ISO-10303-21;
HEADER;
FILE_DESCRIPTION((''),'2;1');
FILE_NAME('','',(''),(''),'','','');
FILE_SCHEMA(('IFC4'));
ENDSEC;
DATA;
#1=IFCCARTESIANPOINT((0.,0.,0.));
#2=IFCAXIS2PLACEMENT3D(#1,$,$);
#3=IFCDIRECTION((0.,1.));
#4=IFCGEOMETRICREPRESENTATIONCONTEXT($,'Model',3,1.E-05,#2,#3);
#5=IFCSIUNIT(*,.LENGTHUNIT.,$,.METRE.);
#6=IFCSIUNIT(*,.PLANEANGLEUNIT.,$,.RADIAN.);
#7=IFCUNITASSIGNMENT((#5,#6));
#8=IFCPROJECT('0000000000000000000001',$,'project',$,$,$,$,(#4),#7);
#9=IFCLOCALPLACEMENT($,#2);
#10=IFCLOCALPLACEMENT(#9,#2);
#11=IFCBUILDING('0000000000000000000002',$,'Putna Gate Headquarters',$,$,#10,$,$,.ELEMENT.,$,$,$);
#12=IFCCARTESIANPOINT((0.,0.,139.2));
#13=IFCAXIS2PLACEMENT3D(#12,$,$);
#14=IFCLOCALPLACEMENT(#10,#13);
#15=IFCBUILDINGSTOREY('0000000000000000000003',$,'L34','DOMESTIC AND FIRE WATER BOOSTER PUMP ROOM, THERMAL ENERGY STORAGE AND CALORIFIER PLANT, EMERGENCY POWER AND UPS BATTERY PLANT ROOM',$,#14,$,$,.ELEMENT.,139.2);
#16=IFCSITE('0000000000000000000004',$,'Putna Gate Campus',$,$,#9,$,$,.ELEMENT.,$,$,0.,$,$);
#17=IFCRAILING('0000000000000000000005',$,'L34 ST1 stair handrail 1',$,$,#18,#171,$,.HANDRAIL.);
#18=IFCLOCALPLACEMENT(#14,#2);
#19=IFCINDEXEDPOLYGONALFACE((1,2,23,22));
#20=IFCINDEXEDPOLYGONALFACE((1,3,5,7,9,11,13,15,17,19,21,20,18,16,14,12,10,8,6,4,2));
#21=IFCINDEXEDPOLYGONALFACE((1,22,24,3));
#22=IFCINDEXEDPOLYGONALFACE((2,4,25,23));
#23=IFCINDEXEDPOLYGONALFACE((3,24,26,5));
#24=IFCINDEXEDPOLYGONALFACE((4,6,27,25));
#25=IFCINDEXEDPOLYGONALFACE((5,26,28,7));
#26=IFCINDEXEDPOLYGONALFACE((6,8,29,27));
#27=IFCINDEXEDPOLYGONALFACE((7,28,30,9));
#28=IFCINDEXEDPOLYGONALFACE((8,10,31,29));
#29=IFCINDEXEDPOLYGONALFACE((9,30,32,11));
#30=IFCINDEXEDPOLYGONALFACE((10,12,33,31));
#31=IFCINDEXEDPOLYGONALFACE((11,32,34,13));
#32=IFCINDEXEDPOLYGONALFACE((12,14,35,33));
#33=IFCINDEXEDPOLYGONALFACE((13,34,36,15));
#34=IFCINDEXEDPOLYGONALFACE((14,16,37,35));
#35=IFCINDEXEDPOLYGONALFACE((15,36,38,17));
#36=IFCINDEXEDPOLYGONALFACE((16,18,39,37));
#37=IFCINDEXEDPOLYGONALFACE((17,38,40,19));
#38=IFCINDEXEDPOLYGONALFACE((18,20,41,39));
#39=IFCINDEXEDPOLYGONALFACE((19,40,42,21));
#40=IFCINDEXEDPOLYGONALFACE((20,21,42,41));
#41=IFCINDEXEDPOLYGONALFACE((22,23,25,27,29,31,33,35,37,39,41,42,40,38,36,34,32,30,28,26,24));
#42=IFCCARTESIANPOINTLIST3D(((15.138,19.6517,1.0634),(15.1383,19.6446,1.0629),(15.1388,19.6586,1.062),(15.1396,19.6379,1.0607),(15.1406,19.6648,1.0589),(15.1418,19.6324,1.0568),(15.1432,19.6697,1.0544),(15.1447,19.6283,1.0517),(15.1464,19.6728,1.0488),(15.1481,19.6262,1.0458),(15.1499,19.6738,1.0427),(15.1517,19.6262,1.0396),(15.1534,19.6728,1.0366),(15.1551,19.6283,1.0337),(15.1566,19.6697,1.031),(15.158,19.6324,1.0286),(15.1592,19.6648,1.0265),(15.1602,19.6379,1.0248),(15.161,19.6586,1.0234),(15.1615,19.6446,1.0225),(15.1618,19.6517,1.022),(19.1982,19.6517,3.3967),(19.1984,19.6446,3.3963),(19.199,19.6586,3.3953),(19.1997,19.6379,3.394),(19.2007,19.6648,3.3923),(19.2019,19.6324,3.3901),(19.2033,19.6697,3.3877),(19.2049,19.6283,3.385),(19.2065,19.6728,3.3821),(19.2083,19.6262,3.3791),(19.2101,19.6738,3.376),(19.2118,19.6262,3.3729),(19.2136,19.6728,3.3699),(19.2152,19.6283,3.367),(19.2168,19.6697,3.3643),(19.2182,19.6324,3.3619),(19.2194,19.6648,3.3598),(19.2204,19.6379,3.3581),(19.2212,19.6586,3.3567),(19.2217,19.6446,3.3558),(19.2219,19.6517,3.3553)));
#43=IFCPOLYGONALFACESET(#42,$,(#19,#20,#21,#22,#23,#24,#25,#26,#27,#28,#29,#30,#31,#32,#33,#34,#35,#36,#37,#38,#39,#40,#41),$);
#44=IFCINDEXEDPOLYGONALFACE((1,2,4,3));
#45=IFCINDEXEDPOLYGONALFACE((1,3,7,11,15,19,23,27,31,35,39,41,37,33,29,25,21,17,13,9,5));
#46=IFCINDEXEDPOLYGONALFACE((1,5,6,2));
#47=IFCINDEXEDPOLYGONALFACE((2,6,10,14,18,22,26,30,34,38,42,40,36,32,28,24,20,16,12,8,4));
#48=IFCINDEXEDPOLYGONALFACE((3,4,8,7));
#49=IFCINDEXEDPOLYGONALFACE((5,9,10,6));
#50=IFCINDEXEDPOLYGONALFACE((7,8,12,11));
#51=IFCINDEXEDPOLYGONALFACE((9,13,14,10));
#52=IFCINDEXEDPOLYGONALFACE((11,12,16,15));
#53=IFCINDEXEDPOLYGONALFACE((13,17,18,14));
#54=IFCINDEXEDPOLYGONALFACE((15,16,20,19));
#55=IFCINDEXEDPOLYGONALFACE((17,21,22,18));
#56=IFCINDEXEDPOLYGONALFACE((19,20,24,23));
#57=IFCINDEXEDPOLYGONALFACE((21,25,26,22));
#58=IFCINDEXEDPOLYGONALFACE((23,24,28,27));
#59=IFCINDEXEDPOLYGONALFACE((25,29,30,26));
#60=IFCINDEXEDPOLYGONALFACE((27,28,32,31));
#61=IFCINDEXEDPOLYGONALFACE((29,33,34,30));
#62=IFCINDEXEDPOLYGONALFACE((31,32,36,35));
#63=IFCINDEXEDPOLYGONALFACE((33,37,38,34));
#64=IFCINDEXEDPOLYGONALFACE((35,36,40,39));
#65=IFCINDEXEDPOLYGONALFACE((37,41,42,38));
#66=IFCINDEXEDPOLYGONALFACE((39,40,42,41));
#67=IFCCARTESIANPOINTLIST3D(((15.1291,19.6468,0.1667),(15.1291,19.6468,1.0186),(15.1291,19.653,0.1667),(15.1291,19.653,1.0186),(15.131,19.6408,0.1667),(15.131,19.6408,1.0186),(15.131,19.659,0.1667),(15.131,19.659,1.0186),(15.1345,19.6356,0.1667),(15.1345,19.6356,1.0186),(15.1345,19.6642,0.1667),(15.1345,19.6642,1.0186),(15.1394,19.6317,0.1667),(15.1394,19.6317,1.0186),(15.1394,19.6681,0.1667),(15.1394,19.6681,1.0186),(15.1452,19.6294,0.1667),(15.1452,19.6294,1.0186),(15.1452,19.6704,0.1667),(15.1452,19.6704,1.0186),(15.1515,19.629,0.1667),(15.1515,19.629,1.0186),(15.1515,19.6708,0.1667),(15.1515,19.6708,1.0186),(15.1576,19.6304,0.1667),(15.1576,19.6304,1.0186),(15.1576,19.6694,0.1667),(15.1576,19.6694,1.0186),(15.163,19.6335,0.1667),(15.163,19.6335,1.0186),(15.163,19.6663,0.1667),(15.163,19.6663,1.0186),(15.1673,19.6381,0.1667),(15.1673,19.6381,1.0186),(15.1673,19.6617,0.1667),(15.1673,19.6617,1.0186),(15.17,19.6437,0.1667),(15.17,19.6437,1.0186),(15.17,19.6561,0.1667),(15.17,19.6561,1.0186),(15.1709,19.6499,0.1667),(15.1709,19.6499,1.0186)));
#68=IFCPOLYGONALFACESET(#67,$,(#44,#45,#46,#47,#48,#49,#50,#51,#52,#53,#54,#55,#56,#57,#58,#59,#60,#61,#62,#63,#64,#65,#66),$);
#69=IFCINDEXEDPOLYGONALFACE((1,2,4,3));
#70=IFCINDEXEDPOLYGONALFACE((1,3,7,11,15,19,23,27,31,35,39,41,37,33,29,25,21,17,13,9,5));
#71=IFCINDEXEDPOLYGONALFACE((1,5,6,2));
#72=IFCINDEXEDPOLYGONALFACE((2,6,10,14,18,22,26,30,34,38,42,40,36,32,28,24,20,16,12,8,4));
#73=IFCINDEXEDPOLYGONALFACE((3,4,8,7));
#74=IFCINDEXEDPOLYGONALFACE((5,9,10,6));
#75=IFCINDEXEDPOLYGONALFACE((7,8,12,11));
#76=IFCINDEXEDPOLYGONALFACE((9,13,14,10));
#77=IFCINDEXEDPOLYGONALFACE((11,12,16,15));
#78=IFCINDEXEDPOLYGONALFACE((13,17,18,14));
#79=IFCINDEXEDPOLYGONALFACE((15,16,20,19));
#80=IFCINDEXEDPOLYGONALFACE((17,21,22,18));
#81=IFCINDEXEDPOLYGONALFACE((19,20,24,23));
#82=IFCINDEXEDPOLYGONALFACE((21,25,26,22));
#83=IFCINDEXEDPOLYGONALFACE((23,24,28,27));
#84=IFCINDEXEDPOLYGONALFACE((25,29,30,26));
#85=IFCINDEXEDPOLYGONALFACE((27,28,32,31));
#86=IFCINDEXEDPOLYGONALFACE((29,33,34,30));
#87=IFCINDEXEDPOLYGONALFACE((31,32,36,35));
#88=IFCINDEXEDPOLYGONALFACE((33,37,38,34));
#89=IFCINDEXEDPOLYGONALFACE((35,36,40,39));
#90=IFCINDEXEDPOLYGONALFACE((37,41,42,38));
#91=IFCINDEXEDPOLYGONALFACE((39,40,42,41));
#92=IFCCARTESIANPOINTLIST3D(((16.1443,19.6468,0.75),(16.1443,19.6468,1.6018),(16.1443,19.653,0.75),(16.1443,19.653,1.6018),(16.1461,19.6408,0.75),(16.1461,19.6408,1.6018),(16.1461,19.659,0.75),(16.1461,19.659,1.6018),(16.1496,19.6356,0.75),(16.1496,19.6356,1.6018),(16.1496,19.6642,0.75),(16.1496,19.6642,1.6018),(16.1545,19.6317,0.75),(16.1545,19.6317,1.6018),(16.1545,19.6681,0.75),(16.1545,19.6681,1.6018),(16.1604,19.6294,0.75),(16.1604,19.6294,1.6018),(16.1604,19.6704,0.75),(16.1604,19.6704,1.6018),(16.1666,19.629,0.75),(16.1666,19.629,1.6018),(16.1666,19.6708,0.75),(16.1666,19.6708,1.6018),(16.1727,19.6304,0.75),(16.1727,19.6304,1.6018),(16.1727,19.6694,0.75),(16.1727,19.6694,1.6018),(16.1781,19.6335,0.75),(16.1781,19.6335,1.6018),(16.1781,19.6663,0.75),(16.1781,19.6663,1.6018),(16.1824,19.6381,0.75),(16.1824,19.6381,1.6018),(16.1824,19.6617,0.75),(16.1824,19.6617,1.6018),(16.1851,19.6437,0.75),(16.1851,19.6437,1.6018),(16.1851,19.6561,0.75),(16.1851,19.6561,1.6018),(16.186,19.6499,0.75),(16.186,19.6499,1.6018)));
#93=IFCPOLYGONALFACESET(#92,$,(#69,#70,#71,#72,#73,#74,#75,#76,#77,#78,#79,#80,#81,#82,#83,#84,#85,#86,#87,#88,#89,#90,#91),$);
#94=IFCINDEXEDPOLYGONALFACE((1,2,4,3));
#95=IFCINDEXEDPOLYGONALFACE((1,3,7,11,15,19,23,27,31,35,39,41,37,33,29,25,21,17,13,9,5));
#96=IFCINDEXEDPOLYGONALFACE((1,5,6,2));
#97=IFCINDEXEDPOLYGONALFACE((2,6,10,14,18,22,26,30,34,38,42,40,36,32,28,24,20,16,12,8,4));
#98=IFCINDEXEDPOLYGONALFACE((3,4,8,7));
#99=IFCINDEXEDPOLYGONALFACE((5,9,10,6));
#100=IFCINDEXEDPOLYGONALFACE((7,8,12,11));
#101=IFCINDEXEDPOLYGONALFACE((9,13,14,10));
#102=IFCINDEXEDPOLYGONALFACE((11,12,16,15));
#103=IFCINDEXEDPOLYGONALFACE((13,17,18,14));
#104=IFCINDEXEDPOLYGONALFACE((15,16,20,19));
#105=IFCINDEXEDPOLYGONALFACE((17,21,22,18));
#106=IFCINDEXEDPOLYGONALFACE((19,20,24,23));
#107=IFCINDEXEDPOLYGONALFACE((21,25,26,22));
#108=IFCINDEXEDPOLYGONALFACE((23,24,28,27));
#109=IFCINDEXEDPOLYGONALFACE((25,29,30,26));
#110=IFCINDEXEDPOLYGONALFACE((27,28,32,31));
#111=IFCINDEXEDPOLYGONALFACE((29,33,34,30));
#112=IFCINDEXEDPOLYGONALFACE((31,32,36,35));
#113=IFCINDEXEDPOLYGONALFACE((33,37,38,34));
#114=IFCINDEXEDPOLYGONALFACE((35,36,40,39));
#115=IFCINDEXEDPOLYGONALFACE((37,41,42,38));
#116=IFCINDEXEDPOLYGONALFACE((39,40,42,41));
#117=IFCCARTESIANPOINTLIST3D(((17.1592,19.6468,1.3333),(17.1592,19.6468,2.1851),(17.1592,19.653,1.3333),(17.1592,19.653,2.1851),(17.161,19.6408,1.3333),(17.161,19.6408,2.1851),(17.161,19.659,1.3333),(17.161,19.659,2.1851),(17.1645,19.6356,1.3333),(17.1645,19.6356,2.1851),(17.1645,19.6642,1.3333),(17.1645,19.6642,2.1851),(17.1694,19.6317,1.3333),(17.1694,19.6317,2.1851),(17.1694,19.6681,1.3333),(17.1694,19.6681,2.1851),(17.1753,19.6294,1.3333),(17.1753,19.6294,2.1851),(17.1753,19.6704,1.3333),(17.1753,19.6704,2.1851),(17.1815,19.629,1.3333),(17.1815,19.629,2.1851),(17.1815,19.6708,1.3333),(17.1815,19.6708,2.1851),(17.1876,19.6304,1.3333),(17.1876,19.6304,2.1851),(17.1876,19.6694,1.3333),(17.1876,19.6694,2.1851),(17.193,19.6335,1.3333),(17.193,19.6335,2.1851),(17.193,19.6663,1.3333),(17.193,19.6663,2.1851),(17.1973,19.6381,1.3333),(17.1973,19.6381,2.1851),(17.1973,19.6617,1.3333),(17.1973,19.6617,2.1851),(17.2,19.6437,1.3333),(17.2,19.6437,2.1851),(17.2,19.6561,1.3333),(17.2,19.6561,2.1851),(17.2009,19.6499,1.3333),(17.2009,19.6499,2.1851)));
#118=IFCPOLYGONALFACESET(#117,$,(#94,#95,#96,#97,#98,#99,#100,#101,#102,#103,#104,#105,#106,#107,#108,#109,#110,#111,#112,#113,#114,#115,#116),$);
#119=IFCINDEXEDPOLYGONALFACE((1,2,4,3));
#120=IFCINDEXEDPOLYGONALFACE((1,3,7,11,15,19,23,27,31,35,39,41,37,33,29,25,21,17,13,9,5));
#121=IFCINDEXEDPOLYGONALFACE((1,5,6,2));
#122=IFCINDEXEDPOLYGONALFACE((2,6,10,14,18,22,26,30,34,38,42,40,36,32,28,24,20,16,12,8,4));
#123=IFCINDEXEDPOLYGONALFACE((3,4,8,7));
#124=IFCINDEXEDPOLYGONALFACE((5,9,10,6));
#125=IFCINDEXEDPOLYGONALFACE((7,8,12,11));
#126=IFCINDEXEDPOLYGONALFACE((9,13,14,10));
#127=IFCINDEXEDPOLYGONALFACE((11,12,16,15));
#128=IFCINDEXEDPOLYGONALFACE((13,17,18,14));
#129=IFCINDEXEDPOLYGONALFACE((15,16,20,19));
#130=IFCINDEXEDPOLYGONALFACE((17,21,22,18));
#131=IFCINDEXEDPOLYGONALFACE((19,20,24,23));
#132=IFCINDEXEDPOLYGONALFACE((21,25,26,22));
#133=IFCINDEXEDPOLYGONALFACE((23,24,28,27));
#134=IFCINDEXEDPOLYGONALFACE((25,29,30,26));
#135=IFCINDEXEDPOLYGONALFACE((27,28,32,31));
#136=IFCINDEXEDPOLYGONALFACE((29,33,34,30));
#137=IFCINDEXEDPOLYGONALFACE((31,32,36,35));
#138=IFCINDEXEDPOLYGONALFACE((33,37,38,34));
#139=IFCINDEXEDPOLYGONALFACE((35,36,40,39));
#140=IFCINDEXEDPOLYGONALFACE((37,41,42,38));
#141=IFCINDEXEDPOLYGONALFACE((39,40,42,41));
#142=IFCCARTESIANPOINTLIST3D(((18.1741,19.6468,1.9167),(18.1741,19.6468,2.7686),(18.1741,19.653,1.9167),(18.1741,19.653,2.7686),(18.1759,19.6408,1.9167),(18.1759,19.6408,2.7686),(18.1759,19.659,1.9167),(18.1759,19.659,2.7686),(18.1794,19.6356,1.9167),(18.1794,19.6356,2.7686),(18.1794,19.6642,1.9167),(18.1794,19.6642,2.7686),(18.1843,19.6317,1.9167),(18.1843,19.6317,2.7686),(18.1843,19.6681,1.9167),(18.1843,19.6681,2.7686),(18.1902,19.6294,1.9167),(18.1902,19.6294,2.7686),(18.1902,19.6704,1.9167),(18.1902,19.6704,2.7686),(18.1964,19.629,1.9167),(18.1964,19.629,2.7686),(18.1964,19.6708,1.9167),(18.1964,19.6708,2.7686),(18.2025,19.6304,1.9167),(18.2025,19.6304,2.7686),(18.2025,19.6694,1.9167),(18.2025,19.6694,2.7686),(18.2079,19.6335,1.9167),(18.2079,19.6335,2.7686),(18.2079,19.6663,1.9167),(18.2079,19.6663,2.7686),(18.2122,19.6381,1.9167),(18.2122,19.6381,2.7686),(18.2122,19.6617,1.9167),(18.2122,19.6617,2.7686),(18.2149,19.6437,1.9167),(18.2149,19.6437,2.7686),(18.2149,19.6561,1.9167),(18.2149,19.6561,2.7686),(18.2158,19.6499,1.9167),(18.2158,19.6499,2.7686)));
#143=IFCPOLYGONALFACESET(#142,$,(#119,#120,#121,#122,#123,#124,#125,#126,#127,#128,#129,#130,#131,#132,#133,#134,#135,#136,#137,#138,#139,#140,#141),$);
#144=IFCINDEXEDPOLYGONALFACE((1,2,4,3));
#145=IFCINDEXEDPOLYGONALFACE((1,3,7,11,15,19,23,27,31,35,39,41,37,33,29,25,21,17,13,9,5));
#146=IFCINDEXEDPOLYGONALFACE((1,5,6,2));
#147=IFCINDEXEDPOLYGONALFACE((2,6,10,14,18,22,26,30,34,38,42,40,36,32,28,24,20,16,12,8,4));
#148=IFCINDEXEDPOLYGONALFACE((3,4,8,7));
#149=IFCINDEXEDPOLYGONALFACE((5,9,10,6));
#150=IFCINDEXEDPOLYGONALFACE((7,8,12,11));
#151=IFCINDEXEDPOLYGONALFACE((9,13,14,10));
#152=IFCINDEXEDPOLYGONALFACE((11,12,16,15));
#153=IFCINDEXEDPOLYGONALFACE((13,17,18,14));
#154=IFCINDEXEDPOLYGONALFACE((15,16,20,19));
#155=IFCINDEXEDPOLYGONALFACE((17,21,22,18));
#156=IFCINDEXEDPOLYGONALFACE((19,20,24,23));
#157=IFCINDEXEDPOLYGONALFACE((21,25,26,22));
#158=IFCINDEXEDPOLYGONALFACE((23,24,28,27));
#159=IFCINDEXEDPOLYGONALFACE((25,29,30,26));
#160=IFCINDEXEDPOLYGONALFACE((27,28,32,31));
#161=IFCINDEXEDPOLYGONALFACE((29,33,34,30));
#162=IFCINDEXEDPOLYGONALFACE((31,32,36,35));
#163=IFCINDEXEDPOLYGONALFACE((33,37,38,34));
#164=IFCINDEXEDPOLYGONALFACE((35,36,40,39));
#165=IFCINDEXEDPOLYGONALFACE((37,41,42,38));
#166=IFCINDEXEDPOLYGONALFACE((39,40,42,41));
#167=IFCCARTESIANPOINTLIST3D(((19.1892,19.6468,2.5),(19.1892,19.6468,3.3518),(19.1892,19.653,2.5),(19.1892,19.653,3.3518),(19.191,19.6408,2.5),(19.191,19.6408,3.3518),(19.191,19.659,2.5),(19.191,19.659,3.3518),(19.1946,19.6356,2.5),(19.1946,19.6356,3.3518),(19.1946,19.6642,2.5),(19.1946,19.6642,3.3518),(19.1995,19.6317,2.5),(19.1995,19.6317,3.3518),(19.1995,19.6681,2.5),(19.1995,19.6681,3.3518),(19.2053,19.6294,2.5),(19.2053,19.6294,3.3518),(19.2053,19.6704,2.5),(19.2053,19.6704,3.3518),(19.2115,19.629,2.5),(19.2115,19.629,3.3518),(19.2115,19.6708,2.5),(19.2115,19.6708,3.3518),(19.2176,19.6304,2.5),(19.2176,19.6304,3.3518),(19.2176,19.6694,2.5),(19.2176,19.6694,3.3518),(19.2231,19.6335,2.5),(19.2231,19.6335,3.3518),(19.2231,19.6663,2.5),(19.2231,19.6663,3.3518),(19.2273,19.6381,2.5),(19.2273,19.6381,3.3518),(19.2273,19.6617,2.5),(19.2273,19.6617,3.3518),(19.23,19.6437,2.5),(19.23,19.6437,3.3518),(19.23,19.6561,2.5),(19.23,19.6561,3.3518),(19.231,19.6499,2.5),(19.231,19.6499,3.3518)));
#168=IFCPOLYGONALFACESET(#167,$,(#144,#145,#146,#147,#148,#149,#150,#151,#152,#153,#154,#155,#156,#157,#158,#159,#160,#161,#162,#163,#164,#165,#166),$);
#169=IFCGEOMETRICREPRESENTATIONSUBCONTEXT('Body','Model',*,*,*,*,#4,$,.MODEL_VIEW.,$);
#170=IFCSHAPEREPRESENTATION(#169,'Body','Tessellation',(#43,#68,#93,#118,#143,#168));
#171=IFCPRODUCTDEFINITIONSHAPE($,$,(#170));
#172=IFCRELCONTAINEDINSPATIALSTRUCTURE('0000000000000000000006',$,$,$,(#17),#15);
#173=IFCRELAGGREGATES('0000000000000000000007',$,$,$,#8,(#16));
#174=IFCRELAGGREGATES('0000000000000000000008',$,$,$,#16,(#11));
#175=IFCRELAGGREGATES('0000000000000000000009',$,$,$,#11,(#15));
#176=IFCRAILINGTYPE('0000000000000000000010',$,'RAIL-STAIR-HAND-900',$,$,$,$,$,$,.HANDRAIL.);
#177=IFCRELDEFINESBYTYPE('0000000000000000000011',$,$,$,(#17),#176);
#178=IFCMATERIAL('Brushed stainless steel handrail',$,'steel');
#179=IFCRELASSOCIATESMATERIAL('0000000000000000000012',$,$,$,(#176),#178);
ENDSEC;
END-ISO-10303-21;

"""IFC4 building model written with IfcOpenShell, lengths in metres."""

from ifc_helpers import new_model, si_unit, direction, frame, origin, origin_2d, place, context, subcontext, project, spatial, circle, extrude, material, type_object, element, save


model = new_model("IFC4")

# Units and contexts
model_context = context("Model", 3, precision=1e-05, world=origin(), true_north=direction((0.0, 1.0)))
body_context = subcontext(model_context, "Body", "Model", "MODEL_VIEW")
ifc_project = project(units=[si_unit("LENGTHUNIT", "METRE"), si_unit("PLANEANGLEUNIT", "RADIAN")], contexts=[model_context])

# Site, building, storey
site_placement = place(None, origin())
site = spatial("IfcSite", under=ifc_project, at=site_placement, Name="Putna Gate Campus", CompositionType="ELEMENT", RefElevation=0.0)
building_placement = place(site_placement, origin())
building = spatial("IfcBuilding", under=site, at=building_placement, Name="Putna Gate Headquarters", CompositionType="ELEMENT")
storey_placement = place(building_placement, frame((0.0, 0.0, 139.2)))
storey = spatial("IfcBuildingStorey", under=building, at=storey_placement, Name="L34", Description="DOMESTIC AND FIRE WATER BOOSTER PUMP ROOM, THERMAL ENERGY STORAGE AND CALORIFIER PLANT, EMERGENCY POWER AND UPS BATTERY PLANT ROOM", CompositionType="ELEMENT", Elevation=139.2)

# Railing
ifc_material_1 = material(Name="Brushed stainless steel handrail", Category="steel")
railing_type_1 = type_object("IfcRailingType", Name="RAIL-STAIR-HAND-900", PredefinedType="HANDRAIL", material=ifc_material_1)
railing_1_placement = place(storey_placement, frame((15.1499, 19.6499, 0.1667)))
element("IfcRailing", 1, at=railing_1_placement, inside=storey, type_object=railing_type_1, Name="L34 ST1 stair handrail 1", PredefinedType="HANDRAIL", context=body_context, shape_type="SweptSolid", body=[
    extrude(circle(Radius=0.0239, at=origin_2d()), frame((0.0, 0.0, 0.876), z_axis=(0.867025, 0.0, 0.498265), x_axis=(0.0, 1.0, 0.0)), (0.0, 0.0, 1.0), 4.6829),
    extrude(circle(Radius=0.021, at=origin_2d()), origin(), (0.0, 0.0, 1.0), 0.8518),
    extrude(circle(Radius=0.021, at=origin_2d()), frame((1.0151, 0.0, 0.5833)), (0.0, 0.0, 1.0), 0.8518),
    extrude(circle(Radius=0.021, at=origin_2d()), frame((2.03, 0.0, 1.1665)), (0.0, 0.0, 1.0), 0.8518),
    extrude(circle(Radius=0.021, at=origin_2d()), frame((3.0449, 0.0, 1.75)), (0.0, 0.0, 1.0), 0.8518),
    extrude(circle(Radius=0.021, at=origin_2d()), frame((4.0601, 0.0, 2.3333)), (0.0, 0.0, 1.0), 0.8518),
])

save(model, "model.ifc")
